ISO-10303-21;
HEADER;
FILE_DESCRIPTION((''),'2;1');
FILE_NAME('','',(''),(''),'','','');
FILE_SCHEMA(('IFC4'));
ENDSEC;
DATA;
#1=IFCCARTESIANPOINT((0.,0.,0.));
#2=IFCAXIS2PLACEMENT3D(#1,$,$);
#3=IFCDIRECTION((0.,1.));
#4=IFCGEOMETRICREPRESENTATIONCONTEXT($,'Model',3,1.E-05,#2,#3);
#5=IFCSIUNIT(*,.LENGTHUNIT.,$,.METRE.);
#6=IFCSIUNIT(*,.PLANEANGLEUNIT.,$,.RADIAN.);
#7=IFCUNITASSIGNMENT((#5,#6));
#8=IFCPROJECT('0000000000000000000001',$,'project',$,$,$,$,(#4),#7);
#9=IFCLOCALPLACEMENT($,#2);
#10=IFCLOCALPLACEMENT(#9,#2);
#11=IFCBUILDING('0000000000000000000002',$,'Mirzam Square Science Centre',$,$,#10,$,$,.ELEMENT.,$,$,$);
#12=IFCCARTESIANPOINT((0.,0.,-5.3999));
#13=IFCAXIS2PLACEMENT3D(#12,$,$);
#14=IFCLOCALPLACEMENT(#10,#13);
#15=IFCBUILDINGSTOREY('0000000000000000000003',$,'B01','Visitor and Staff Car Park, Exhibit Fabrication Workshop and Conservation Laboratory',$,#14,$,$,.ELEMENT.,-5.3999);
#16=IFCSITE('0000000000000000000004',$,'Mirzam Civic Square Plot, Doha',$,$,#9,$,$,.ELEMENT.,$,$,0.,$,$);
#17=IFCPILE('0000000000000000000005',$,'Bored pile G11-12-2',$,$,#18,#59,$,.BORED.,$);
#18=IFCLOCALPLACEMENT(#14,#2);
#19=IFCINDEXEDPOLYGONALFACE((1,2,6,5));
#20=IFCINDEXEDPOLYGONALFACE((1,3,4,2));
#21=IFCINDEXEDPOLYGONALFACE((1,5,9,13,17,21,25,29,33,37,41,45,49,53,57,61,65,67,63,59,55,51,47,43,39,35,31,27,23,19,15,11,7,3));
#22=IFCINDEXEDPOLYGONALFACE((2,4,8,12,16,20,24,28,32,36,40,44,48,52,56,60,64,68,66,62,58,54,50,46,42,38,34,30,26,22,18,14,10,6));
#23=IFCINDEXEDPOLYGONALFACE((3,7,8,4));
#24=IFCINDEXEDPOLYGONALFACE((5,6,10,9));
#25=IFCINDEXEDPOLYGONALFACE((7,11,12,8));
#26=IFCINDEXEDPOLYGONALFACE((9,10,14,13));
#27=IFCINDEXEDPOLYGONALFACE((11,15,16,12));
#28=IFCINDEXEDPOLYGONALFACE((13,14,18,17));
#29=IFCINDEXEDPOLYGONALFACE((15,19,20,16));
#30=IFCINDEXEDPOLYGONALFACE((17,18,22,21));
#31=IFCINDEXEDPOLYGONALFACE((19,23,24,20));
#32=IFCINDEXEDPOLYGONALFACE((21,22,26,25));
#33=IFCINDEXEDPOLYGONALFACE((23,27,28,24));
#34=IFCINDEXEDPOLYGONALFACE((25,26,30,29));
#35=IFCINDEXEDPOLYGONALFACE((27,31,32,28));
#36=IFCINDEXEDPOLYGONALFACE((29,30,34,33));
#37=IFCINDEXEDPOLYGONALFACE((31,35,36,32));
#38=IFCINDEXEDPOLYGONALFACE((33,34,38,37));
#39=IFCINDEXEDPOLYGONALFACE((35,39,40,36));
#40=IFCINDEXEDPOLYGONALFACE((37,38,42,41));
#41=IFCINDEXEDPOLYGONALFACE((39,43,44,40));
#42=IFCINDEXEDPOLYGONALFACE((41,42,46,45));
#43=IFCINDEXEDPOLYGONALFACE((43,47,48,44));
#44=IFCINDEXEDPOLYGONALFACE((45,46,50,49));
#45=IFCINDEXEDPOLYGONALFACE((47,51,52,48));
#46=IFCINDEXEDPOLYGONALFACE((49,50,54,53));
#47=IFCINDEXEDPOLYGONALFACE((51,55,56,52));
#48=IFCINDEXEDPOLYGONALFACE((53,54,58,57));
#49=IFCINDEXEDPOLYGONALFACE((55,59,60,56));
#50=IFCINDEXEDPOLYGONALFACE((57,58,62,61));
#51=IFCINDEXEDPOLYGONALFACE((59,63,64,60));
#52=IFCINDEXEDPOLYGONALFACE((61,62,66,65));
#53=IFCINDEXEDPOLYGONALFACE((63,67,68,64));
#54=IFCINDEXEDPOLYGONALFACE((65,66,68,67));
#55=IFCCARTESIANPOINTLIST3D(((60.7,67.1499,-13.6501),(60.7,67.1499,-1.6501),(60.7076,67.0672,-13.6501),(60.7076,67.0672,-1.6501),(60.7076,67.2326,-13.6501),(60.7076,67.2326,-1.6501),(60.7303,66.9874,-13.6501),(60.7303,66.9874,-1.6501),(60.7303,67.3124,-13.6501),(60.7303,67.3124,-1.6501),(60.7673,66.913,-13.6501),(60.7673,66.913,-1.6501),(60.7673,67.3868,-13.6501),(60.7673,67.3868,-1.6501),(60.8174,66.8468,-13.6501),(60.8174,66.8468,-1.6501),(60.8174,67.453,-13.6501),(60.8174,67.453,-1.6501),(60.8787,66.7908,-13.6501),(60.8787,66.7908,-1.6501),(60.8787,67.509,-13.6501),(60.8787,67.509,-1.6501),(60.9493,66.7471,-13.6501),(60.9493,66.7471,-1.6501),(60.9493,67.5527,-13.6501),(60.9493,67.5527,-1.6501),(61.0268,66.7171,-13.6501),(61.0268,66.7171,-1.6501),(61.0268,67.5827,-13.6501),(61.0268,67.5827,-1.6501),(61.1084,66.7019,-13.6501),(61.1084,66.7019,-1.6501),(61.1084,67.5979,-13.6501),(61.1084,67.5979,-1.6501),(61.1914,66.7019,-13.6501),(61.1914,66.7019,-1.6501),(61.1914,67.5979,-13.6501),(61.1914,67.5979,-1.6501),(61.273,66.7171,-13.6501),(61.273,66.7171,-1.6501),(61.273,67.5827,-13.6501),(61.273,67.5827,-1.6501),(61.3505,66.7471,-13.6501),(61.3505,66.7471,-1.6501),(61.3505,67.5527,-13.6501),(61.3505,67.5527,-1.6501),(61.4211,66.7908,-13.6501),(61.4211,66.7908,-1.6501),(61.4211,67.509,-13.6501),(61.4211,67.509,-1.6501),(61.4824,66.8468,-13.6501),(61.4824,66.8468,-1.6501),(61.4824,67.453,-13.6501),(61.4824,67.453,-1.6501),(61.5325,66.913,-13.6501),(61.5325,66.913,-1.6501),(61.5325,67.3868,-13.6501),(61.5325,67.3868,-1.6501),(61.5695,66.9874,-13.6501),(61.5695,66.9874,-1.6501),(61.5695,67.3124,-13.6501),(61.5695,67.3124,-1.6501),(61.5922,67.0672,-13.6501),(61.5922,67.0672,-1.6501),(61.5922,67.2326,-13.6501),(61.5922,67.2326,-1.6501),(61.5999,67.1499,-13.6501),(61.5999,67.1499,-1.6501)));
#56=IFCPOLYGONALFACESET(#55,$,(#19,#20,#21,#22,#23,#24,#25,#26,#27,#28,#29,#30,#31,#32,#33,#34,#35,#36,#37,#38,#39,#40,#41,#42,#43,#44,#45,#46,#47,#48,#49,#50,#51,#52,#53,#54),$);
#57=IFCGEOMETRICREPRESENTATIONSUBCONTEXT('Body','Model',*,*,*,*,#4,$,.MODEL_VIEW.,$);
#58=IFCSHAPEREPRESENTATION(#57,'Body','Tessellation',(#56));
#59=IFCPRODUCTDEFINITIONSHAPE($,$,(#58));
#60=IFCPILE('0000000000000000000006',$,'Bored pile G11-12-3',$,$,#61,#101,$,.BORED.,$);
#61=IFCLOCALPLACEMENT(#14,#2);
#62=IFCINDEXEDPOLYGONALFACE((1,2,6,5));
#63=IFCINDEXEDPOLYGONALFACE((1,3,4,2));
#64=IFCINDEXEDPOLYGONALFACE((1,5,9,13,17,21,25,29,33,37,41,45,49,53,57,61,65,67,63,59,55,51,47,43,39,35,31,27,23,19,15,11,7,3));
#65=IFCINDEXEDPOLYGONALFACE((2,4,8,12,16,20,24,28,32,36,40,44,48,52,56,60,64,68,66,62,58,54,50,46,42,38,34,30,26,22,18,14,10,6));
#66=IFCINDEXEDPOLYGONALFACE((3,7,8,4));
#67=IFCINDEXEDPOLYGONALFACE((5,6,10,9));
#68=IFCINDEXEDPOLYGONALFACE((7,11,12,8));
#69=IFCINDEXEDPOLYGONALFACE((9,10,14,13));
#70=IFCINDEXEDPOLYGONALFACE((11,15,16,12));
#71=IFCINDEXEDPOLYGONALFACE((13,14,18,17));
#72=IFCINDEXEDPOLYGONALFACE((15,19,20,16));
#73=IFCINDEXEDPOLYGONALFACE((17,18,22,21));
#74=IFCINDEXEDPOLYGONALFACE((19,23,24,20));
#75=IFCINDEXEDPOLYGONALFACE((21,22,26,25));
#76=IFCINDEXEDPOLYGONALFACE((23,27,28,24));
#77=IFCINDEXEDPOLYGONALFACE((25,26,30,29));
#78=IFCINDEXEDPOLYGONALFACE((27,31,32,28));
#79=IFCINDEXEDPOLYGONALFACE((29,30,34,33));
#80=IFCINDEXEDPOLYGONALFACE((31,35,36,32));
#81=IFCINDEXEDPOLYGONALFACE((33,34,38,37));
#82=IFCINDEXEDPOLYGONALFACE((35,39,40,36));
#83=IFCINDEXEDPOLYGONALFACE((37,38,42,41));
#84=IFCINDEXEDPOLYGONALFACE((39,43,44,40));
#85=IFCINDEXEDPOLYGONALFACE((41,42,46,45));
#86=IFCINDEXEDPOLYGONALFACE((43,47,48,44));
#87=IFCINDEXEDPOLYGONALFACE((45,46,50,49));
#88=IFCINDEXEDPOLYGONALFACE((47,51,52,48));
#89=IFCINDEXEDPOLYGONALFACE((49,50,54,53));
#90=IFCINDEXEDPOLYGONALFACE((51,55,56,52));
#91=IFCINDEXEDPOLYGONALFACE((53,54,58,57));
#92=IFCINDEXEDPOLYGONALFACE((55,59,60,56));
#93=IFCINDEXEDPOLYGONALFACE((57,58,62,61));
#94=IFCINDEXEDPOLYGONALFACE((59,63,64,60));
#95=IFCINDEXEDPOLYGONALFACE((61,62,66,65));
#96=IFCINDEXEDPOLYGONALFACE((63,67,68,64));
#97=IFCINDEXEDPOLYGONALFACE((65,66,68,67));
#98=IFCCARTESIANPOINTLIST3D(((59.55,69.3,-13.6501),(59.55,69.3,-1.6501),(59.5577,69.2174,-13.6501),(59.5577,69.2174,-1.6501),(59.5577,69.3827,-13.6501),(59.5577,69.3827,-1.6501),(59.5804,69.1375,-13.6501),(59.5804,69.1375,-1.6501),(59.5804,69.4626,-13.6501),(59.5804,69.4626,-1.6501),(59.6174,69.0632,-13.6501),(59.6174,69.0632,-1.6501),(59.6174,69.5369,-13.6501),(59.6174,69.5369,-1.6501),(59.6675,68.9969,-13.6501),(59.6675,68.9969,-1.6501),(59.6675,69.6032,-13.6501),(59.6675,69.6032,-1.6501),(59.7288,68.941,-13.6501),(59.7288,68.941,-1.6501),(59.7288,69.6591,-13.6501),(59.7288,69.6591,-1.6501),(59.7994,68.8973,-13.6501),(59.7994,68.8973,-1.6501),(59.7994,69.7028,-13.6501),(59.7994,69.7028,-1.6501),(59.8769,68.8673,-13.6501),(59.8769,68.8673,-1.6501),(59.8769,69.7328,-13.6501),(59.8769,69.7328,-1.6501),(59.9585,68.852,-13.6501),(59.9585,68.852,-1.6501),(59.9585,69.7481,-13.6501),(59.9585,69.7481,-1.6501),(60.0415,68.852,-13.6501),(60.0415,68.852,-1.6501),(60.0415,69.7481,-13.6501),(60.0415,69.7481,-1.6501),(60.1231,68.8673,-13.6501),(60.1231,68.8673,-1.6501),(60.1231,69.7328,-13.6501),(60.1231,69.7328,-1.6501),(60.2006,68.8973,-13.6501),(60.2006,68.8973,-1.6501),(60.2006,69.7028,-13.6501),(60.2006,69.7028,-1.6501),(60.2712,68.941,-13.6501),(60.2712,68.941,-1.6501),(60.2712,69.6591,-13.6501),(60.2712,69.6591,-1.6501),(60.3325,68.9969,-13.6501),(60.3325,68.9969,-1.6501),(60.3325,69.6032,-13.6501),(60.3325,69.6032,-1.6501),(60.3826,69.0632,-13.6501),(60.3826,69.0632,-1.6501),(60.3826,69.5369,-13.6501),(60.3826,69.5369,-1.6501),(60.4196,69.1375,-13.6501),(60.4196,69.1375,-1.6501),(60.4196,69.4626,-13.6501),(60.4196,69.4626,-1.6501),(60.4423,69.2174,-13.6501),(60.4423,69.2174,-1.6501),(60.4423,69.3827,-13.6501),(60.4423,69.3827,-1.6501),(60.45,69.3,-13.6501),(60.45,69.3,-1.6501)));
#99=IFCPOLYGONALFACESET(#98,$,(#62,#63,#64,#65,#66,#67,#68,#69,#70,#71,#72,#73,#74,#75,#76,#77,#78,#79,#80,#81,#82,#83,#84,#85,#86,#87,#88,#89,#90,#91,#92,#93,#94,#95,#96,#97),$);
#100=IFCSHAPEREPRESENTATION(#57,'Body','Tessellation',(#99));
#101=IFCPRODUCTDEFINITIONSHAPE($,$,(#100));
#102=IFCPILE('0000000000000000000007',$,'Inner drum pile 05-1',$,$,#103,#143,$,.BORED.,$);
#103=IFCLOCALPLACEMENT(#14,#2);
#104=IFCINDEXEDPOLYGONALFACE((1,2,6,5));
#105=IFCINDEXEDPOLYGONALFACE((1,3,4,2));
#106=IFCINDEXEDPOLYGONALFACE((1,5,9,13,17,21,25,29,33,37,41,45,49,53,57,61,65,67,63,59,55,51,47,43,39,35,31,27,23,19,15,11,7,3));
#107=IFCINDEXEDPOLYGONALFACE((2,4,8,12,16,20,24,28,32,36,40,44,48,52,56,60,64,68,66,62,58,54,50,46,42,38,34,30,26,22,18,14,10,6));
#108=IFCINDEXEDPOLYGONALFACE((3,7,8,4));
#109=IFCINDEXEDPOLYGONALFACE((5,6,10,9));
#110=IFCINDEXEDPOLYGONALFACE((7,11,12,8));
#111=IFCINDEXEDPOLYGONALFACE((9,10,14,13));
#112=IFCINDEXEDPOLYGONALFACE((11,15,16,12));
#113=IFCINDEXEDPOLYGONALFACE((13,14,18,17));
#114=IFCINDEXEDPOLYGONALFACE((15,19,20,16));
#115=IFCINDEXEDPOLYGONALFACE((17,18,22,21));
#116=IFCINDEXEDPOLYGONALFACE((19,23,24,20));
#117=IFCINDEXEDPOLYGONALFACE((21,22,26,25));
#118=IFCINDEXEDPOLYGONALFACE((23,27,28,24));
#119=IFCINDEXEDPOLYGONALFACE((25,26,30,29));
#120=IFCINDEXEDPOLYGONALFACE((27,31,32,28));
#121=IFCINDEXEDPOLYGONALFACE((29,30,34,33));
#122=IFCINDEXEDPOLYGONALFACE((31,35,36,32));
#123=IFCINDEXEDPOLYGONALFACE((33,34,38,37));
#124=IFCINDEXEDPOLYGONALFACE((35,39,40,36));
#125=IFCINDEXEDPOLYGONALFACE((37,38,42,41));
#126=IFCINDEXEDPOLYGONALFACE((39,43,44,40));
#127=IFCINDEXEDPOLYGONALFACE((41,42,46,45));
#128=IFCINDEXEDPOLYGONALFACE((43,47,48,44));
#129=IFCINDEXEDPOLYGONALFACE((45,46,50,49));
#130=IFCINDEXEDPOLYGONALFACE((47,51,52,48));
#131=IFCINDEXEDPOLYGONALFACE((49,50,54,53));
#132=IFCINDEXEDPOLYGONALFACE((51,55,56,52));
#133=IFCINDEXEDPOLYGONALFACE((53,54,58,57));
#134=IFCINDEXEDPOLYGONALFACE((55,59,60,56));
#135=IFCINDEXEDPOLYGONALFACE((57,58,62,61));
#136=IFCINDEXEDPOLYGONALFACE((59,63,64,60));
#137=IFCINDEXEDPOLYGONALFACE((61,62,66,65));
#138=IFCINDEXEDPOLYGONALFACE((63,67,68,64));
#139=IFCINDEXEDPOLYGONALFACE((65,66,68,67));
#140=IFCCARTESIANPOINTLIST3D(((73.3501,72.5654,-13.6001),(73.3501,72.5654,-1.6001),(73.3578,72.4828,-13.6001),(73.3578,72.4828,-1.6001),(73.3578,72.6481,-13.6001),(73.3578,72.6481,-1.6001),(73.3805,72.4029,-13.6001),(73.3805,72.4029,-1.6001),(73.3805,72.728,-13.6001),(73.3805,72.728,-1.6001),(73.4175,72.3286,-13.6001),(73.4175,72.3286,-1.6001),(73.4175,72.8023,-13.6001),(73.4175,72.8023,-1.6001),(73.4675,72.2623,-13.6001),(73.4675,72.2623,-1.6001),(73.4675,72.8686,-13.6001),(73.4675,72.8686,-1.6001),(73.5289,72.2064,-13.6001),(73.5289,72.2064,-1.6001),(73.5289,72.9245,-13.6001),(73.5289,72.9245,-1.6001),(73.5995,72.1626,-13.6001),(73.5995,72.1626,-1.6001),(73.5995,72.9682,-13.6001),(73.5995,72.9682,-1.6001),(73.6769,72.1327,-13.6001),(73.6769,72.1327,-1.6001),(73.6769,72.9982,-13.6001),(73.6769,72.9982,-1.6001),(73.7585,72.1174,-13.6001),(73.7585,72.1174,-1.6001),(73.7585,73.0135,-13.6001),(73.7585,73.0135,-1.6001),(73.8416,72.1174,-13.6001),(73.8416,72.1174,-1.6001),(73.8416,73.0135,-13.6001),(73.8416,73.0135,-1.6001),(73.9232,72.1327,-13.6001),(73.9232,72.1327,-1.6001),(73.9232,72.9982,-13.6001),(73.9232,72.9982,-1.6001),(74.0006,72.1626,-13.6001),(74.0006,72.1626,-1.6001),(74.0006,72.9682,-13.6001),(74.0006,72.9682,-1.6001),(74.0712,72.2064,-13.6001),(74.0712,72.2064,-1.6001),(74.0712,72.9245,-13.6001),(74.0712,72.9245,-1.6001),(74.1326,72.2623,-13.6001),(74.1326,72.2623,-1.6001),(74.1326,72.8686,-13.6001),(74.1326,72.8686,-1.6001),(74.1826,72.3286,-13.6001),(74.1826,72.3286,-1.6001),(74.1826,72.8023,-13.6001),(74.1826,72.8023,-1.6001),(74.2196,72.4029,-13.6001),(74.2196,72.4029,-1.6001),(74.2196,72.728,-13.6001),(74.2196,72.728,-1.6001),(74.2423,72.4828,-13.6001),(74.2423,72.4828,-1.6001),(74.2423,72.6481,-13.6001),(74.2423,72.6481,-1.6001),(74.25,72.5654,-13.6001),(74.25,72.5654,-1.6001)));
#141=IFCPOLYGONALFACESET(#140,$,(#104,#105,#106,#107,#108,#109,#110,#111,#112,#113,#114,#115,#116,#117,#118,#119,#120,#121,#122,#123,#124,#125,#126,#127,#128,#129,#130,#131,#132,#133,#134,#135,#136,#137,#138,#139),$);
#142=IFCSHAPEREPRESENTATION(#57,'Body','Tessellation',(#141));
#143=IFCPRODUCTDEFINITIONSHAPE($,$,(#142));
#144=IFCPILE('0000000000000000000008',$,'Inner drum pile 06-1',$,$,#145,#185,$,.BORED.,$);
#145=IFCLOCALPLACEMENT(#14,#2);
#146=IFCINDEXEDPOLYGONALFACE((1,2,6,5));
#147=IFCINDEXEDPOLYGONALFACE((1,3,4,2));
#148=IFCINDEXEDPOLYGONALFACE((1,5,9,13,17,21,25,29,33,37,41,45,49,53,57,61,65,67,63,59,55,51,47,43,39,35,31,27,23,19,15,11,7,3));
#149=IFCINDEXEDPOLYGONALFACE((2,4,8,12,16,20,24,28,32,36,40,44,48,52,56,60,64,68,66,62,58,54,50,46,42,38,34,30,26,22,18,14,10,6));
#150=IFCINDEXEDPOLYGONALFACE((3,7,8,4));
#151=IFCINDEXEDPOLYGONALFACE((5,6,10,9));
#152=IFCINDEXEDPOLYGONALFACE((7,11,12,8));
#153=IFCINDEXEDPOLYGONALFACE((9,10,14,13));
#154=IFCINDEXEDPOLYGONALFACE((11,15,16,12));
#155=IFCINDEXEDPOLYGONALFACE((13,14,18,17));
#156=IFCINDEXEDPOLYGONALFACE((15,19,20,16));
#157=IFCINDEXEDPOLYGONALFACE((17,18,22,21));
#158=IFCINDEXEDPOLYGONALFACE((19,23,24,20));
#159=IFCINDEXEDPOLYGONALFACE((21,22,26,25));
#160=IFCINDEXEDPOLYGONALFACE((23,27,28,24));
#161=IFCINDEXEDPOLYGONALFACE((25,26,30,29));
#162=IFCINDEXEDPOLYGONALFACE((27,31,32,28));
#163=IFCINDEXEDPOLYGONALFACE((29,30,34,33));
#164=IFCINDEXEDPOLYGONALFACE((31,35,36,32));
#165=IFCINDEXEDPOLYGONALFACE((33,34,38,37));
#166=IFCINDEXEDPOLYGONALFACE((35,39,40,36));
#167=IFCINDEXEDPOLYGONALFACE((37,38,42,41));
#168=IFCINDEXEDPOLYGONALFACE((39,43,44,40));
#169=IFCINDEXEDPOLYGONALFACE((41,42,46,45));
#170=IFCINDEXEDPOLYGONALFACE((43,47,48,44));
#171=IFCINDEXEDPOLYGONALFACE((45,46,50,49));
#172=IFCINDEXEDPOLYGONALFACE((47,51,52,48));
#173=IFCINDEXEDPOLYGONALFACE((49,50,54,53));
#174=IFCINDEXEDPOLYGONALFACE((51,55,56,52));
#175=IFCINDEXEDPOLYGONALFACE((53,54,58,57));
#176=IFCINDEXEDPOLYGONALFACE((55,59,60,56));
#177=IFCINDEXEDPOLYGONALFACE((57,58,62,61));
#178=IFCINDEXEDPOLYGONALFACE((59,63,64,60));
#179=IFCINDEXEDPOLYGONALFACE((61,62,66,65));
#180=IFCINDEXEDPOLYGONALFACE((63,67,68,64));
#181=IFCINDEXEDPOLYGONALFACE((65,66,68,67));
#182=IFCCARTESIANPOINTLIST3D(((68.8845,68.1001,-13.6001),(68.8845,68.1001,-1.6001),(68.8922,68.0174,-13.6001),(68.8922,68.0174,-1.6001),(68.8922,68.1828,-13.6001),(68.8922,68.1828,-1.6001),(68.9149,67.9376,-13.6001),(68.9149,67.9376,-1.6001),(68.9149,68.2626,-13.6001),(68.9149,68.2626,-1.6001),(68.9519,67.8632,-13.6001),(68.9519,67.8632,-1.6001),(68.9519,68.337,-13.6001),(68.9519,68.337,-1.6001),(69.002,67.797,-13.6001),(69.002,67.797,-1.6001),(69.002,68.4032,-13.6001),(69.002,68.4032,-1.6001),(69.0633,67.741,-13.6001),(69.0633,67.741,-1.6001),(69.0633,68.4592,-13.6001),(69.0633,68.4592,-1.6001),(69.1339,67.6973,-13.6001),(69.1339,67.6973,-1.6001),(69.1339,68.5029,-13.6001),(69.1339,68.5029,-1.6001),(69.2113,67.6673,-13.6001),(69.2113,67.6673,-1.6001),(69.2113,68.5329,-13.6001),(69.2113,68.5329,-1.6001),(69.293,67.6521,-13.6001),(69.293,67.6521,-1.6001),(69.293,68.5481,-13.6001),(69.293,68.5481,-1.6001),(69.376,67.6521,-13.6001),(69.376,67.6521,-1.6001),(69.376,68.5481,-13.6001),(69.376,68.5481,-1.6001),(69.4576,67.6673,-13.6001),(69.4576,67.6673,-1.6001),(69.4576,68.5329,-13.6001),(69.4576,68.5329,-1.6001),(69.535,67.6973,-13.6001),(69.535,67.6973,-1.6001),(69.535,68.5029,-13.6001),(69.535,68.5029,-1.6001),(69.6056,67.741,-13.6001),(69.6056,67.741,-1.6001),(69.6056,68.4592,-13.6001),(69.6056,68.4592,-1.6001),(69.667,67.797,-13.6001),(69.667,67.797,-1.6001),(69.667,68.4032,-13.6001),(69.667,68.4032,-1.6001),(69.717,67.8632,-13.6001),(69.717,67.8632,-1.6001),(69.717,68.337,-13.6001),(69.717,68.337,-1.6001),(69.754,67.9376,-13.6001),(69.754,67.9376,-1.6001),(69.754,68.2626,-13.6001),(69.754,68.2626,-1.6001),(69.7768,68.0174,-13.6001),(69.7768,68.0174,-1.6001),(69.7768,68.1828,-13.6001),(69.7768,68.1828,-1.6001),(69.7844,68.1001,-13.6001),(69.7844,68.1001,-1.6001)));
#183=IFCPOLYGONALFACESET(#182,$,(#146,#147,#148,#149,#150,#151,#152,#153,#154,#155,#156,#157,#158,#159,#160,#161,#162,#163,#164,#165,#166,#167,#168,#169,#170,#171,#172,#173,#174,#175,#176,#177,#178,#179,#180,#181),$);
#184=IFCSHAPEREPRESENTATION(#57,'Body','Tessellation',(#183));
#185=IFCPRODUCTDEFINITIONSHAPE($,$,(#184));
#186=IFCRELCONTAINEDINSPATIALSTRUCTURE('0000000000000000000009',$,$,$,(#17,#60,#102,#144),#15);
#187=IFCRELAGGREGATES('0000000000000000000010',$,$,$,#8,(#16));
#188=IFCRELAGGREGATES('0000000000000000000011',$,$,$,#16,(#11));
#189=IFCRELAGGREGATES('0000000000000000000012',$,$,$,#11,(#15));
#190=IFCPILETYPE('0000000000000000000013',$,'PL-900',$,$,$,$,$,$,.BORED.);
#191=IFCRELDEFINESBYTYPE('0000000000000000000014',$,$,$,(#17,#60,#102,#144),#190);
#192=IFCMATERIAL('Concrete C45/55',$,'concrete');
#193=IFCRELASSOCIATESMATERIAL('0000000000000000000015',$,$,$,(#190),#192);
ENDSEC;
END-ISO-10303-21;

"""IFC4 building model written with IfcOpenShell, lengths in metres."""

from ifc_helpers import new_model, si_unit, direction, frame, origin, origin_2d, place, context, subcontext, project, spatial, circle, extrude, material, material_profile, profile_set, type_object, element, save


model = new_model("IFC4")

# Units and contexts
model_context = context("Model", 3, precision=1e-05, world=origin(), true_north=direction((0.0, 1.0)))
body_context = subcontext(model_context, "Body", "Model", "MODEL_VIEW")
ifc_project = project(units=[si_unit("LENGTHUNIT", "METRE"), si_unit("PLANEANGLEUNIT", "RADIAN")], contexts=[model_context])

# Site, building, storey
site_placement = place(None, origin())
site = spatial("IfcSite", under=ifc_project, at=site_placement, Name="Mirzam Civic Square Plot, Doha", CompositionType="ELEMENT", RefElevation=0.0)
building_placement = place(site_placement, origin())
building = spatial("IfcBuilding", under=site, at=building_placement, Name="Mirzam Square Science Centre", CompositionType="ELEMENT")
storey_placement = place(building_placement, frame((0.0, 0.0, -5.3999)))
storey = spatial("IfcBuildingStorey", under=building, at=storey_placement, Name="B01", Description="Visitor and Staff Car Park, Exhibit Fabrication Workshop and Conservation Laboratory", CompositionType="ELEMENT", Elevation=-5.3999)

# Shared definitions
ifc_material_1 = material(Name="Concrete C45/55", Category="concrete")

# Piles
ifc_material_profile_1 = material_profile(ifc_material_1, circle(Radius=0.45, at=origin_2d()), Name="PILE-D900")
ifc_profile_set_1 = profile_set([ifc_material_profile_1], Name="Concrete C45/55")
pile_type_1 = type_object("IfcPileType", Name="PL-900", PredefinedType="BORED", material=ifc_profile_set_1)
for number, where, z_axis, x_axis, name in (
    (1, (61.1499, 67.1499, -1.6501), (0.0, 0.0, -1.0), (1.0, 0.0, 0.0), "Bored pile G11-12-2"),
    (2, (60.0, 69.3, -1.6501), (0.0, 0.0, -1.0), (1.0, 0.0, 0.0), "Bored pile G11-12-3"),
    (3, (73.8, 72.5654, -1.6001), (0.0, 0.0, -1.0), (1.0, 0.0, 0.0), "Inner drum pile 05-1"),
    (4, (69.3345, 68.1001, -1.6001), (0.0, 0.0, -1.0), (1.0, 0.0, 0.0), "Inner drum pile 06-1"),
):
    element("IfcPile", number, at=place(storey_placement, frame(where, z_axis=z_axis, x_axis=x_axis)), inside=storey, type_object=pile_type_1, Name=name, PredefinedType="BORED", context=body_context, shape_type="SweptSolid", body=[
        extrude(circle(Radius=0.45, at=origin_2d()), origin(), (0.0, 0.0, 1.0), 12.0),
    ])

save(model, "model.ifc")
